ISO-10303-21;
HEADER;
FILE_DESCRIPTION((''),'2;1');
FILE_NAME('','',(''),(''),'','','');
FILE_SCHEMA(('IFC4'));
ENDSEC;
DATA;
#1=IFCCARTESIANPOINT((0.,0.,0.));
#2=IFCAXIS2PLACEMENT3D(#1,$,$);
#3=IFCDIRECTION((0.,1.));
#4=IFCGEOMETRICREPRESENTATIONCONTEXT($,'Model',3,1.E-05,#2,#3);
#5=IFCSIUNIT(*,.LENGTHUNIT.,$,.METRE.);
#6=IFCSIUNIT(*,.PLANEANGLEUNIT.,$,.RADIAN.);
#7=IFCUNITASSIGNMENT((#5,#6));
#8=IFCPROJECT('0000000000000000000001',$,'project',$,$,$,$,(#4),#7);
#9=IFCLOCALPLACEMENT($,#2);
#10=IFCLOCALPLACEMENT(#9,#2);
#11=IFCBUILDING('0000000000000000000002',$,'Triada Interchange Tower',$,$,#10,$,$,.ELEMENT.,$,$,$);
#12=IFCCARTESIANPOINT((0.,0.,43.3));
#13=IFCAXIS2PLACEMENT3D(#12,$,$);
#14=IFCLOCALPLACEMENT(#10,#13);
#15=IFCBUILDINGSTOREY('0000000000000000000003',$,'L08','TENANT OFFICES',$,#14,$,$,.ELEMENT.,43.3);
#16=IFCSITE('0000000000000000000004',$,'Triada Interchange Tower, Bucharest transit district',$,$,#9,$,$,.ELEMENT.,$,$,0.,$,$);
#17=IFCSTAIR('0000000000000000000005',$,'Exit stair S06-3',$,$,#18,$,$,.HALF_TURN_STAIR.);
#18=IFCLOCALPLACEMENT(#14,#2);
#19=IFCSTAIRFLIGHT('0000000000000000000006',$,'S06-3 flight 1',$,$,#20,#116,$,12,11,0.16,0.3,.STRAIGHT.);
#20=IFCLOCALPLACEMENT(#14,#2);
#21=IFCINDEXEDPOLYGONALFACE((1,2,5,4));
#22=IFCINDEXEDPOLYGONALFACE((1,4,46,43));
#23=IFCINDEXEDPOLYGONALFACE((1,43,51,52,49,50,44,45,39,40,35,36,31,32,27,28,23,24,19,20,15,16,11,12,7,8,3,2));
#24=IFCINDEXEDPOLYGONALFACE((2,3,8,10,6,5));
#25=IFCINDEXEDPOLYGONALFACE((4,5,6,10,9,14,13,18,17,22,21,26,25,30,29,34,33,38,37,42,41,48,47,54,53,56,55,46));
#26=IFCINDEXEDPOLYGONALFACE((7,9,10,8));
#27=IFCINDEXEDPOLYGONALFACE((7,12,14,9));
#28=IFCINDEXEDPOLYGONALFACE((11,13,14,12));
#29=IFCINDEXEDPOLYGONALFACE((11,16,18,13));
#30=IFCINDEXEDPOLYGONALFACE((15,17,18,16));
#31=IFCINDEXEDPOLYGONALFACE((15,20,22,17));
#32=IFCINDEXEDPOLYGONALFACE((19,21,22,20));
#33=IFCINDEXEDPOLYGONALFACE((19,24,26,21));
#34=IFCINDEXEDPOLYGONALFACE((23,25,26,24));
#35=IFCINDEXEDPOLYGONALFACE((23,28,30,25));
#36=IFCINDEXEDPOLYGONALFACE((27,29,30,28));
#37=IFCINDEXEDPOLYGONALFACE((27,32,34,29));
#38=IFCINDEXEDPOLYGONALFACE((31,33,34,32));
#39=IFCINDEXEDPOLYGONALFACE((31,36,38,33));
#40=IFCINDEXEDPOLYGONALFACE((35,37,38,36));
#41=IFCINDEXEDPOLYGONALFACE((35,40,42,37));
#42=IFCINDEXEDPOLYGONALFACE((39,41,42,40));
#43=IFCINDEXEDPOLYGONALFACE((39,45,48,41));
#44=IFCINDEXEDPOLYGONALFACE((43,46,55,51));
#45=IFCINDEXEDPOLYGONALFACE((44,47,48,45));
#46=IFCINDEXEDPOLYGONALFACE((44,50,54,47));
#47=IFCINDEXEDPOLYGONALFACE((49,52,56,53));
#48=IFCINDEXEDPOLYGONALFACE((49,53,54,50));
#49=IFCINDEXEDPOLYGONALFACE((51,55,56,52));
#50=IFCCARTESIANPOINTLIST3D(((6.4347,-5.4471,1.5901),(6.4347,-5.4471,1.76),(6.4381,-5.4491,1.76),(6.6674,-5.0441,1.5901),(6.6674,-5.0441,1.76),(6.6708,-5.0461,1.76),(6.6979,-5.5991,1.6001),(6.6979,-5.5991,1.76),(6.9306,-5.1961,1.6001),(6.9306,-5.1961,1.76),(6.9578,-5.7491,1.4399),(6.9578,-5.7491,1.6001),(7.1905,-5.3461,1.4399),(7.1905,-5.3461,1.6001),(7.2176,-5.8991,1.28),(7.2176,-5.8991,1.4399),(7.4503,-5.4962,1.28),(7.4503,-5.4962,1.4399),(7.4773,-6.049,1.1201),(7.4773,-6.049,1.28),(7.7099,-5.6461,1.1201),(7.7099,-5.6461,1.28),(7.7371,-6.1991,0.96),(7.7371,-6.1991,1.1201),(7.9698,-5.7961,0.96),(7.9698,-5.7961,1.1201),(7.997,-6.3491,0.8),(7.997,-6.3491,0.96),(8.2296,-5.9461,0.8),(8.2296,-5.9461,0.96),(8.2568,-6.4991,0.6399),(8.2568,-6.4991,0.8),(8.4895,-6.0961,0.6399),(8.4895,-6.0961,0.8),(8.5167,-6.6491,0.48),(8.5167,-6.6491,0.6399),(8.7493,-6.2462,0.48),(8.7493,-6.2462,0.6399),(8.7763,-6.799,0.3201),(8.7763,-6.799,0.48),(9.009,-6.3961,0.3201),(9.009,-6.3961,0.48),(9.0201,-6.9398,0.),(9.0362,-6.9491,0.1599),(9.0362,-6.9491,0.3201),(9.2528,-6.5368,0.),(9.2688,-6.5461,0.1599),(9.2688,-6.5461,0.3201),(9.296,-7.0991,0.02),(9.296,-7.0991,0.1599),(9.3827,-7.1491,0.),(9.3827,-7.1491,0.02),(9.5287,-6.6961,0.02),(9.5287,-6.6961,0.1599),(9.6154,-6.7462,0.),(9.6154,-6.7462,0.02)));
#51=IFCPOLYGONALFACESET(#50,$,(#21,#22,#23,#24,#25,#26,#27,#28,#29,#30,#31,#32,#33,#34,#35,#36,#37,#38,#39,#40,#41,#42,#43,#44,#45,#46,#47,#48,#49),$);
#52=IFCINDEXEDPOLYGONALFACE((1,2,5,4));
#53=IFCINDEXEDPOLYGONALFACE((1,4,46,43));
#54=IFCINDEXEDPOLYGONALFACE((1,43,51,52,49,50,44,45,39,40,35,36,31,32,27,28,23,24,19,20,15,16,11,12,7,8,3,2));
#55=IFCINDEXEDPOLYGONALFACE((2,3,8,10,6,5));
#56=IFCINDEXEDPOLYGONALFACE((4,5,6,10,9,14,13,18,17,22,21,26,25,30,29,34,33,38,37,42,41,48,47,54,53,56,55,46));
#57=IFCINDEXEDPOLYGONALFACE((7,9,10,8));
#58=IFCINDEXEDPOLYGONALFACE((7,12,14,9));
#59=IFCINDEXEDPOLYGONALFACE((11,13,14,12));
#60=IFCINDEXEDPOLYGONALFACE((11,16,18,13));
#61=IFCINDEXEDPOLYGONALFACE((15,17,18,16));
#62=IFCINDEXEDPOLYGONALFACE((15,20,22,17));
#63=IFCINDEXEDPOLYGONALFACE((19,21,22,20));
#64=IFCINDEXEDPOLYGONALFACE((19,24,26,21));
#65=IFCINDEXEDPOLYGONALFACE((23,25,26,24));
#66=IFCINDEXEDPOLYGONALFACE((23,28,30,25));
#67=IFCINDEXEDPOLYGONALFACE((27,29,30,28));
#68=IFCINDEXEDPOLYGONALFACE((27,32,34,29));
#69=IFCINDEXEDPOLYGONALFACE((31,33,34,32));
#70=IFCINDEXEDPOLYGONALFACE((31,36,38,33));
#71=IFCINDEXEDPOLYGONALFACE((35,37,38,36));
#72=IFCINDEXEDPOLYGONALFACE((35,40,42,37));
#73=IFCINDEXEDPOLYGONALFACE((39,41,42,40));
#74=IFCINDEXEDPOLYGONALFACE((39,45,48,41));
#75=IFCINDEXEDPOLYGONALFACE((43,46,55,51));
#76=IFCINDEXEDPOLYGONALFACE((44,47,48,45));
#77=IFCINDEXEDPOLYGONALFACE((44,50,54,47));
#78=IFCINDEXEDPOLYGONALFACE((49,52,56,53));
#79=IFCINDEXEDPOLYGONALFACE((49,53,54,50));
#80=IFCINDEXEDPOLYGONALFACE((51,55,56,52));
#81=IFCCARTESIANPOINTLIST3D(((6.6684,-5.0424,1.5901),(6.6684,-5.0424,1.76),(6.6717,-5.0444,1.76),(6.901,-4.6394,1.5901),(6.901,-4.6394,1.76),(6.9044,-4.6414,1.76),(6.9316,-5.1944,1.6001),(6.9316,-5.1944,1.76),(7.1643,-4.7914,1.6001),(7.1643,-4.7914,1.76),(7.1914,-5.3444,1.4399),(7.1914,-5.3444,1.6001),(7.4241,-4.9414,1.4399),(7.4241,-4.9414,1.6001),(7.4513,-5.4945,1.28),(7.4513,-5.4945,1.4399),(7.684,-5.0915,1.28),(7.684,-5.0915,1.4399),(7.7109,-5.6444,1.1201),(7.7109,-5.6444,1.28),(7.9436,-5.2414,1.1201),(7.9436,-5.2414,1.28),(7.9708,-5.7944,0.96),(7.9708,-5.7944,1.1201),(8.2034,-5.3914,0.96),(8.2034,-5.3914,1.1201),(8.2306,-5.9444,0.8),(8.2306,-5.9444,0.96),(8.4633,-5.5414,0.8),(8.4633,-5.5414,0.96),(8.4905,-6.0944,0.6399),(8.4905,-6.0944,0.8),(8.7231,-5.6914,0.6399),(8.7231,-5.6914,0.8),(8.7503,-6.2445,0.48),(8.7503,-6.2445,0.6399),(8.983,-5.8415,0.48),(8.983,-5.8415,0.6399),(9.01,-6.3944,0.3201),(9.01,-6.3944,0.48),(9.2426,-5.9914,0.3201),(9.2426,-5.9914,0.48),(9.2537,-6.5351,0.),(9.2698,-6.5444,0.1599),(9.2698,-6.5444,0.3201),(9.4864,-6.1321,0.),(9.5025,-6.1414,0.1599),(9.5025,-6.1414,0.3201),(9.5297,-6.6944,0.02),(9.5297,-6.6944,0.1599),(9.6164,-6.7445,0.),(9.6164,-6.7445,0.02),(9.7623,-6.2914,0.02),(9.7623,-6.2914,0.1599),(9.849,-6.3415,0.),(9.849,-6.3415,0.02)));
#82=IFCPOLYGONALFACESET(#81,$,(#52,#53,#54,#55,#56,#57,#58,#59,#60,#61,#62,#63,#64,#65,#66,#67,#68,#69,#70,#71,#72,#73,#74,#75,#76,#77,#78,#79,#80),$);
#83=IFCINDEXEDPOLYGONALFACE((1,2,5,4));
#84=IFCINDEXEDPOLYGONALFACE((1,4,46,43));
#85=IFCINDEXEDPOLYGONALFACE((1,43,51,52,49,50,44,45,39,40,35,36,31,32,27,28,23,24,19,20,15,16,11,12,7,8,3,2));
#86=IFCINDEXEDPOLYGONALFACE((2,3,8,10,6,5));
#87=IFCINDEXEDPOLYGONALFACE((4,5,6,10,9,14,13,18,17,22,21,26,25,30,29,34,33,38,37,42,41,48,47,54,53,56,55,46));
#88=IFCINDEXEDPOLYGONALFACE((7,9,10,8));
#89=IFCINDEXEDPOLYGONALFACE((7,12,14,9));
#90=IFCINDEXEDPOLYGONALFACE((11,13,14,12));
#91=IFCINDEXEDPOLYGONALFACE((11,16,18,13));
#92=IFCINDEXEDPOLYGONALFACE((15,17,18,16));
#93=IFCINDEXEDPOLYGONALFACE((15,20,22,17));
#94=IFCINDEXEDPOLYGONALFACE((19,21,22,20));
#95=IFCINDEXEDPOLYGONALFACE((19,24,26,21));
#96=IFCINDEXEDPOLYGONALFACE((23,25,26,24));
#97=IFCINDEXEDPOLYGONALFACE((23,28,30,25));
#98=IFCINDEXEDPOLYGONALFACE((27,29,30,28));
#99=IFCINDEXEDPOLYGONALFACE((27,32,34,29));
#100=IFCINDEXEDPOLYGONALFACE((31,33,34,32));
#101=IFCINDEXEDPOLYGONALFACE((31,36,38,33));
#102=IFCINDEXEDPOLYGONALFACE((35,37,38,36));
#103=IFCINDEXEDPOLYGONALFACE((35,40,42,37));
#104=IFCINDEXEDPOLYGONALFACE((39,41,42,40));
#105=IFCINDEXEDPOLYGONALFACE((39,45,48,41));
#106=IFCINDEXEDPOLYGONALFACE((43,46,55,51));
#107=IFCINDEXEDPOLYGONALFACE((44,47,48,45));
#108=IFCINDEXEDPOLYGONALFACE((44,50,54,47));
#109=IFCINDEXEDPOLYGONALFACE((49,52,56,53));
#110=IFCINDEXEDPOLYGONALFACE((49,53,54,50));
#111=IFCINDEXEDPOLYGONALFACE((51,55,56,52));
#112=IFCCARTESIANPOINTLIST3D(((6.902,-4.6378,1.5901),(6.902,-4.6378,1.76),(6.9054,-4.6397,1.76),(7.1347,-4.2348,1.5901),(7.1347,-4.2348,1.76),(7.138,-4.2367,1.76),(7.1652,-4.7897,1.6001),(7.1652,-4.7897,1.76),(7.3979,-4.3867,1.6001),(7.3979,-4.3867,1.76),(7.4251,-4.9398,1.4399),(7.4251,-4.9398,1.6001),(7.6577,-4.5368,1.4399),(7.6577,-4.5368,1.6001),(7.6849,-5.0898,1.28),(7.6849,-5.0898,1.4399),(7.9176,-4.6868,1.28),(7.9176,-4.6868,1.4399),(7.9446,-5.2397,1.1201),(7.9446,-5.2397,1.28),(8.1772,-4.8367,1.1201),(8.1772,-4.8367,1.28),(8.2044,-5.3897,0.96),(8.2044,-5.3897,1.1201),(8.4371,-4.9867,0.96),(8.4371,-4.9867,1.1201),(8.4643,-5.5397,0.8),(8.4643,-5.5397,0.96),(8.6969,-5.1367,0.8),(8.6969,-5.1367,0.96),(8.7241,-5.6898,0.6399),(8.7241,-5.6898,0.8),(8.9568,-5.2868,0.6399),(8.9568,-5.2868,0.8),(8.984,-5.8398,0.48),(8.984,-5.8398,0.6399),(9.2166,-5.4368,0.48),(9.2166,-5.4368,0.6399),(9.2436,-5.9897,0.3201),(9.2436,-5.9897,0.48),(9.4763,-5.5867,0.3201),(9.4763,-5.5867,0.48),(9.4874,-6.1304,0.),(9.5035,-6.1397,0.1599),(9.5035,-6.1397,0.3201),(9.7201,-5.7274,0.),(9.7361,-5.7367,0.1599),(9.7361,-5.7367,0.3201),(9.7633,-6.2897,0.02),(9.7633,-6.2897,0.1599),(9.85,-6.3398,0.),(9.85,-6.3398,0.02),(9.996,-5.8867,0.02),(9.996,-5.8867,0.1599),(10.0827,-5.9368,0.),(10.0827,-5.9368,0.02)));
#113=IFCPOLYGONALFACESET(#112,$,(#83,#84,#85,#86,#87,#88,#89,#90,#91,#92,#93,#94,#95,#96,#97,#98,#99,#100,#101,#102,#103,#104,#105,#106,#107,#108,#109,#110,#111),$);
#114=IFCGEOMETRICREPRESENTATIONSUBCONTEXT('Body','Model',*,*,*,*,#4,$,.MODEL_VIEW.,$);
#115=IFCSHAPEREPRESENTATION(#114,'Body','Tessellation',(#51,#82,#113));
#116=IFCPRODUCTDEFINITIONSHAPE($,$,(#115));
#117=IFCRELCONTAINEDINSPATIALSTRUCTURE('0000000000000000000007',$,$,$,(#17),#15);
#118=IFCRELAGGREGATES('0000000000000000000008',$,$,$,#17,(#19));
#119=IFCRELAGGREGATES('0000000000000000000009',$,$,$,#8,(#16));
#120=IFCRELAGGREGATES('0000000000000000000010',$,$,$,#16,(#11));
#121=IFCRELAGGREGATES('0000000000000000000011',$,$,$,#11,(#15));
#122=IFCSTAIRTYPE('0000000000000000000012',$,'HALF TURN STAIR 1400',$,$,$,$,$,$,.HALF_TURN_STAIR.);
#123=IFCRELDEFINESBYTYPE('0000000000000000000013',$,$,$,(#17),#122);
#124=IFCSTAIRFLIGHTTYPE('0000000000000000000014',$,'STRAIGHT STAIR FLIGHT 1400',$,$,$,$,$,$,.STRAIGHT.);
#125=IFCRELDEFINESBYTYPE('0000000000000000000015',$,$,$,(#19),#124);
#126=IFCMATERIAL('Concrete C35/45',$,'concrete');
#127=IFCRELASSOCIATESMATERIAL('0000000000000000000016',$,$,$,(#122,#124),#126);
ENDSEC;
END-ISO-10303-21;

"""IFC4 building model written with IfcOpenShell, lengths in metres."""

from ifc_helpers import new_model, si_unit, direction, frame, origin, place, context, subcontext, project, spatial, polyline, outline, extrude, material, type_object, element, aggregate, save


model = new_model("IFC4")

# Units and contexts
model_context = context("Model", 3, precision=1e-05, world=origin(), true_north=direction((0.0, 1.0)))
body_context = subcontext(model_context, "Body", "Model", "MODEL_VIEW")
ifc_project = project(units=[si_unit("LENGTHUNIT", "METRE"), si_unit("PLANEANGLEUNIT", "RADIAN")], contexts=[model_context])

# Site, building, storey
site_placement = place(None, origin())
site = spatial("IfcSite", under=ifc_project, at=site_placement, Name="Triada Interchange Tower, Bucharest transit district", CompositionType="ELEMENT", RefElevation=0.0)
building_placement = place(site_placement, origin())
building = spatial("IfcBuilding", under=site, at=building_placement, Name="Triada Interchange Tower", CompositionType="ELEMENT")
storey_placement = place(building_placement, frame((0.0, 0.0, 43.3)))
storey = spatial("IfcBuildingStorey", under=building, at=storey_placement, Name="L08", Description="TENANT OFFICES", CompositionType="ELEMENT", Elevation=43.3)

# Stair, stair flight
ifc_material_1 = material(Name="Concrete C35/45", Category="concrete")
stair_type = type_object("IfcStairType", Name="HALF TURN STAIR 1400", PredefinedType="HALF_TURN_STAIR", material=ifc_material_1)
stair_placement = place(storey_placement, origin())
stair = element("IfcStair", 1, at=stair_placement, inside=storey, type_object=stair_type, Name="Exit stair S06-3", PredefinedType="HALF_TURN_STAIR")
stair_flight_type = type_object("IfcStairFlightType", Name="STRAIGHT STAIR FLIGHT 1400", PredefinedType="STRAIGHT", material=ifc_material_1)
stair_flight_1_placement = place(storey_placement, frame((9.646, -6.4929, 0.0), z_axis=(0.0, 0.0, 1.0), x_axis=(-0.866025, 0.5, 0.0)))
stair_flight_1 = element("IfcStairFlight", 2, at=stair_flight_1_placement, type_object=stair_flight_type, Name="S06-3 flight 1", NumberOfRisers=12, NumberOfTreads=11, PredefinedType="STRAIGHT", RiserHeight=0.16, TreadLength=0.3, context=body_context, shape_type="SweptSolid", body=[
    extrude(outline(polyline([(-0.1001, 0.0), (-0.1001, 0.02), (0.0, 0.02), (0.0, 0.1599), (0.3, 0.1599), (0.3, 0.3201), (0.6001, 0.3201), (0.6001, 0.48), (0.8999, 0.48), (0.8999, 0.6399), (1.2, 0.6399), (1.2, 0.8), (1.5, 0.8), (1.5, 0.96), (1.8, 0.96), (1.8, 1.1201), (2.1001, 1.1201), (2.1001, 1.28), (2.3999, 1.28), (2.3999, 1.4399), (2.7, 1.4399), (2.7, 1.6001), (3.0, 1.6001), (3.0, 1.76), (3.3, 1.76), (3.304, 1.76), (3.304, 1.9199), (3.304, 1.5901), (0.3186, 0.0), (-0.1001, 0.0)])), frame((0.0, 0.7, 0.0), z_axis=(0.0, -1.0, 0.0), x_axis=(1.0, 0.0, 0.0)), (0.0, 0.0, 1.0), 0.4653),
    extrude(outline(polyline([(-0.1001, 0.0), (-0.1001, 0.02), (0.0, 0.02), (0.0, 0.1599), (0.3, 0.1599), (0.3, 0.3201), (0.6001, 0.3201), (0.6001, 0.48), (0.8999, 0.48), (0.8999, 0.6399), (1.2, 0.6399), (1.2, 0.8), (1.5, 0.8), (1.5, 0.96), (1.8, 0.96), (1.8, 1.1201), (2.1001, 1.1201), (2.1001, 1.28), (2.3999, 1.28), (2.3999, 1.4399), (2.7, 1.4399), (2.7, 1.6001), (3.0, 1.6001), (3.0, 1.76), (3.3, 1.76), (3.304, 1.76), (3.304, 1.9199), (3.304, 1.5901), (0.3186, 0.0), (-0.1001, 0.0)])), frame((0.0, 0.2327, 0.0), z_axis=(0.0, -1.0, 0.0), x_axis=(1.0, 0.0, 0.0)), (0.0, 0.0, 1.0), 0.4653),
    extrude(outline(polyline([(-0.1001, 0.0), (-0.1001, 0.02), (0.0, 0.02), (0.0, 0.1599), (0.3, 0.1599), (0.3, 0.3201), (0.6001, 0.3201), (0.6001, 0.48), (0.8999, 0.48), (0.8999, 0.6399), (1.2, 0.6399), (1.2, 0.8), (1.5, 0.8), (1.5, 0.96), (1.8, 0.96), (1.8, 1.1201), (2.1001, 1.1201), (2.1001, 1.28), (2.3999, 1.28), (2.3999, 1.4399), (2.7, 1.4399), (2.7, 1.6001), (3.0, 1.6001), (3.0, 1.76), (3.3, 1.76), (3.304, 1.76), (3.304, 1.9199), (3.304, 1.5901), (0.3186, 0.0), (-0.1001, 0.0)])), frame((0.0, -0.2346, 0.0), z_axis=(0.0, -1.0, 0.0), x_axis=(1.0, 0.0, 0.0)), (0.0, 0.0, 1.0), 0.4653),
])
aggregate(stair, [stair_flight_1])

save(model, "model.ifc")
